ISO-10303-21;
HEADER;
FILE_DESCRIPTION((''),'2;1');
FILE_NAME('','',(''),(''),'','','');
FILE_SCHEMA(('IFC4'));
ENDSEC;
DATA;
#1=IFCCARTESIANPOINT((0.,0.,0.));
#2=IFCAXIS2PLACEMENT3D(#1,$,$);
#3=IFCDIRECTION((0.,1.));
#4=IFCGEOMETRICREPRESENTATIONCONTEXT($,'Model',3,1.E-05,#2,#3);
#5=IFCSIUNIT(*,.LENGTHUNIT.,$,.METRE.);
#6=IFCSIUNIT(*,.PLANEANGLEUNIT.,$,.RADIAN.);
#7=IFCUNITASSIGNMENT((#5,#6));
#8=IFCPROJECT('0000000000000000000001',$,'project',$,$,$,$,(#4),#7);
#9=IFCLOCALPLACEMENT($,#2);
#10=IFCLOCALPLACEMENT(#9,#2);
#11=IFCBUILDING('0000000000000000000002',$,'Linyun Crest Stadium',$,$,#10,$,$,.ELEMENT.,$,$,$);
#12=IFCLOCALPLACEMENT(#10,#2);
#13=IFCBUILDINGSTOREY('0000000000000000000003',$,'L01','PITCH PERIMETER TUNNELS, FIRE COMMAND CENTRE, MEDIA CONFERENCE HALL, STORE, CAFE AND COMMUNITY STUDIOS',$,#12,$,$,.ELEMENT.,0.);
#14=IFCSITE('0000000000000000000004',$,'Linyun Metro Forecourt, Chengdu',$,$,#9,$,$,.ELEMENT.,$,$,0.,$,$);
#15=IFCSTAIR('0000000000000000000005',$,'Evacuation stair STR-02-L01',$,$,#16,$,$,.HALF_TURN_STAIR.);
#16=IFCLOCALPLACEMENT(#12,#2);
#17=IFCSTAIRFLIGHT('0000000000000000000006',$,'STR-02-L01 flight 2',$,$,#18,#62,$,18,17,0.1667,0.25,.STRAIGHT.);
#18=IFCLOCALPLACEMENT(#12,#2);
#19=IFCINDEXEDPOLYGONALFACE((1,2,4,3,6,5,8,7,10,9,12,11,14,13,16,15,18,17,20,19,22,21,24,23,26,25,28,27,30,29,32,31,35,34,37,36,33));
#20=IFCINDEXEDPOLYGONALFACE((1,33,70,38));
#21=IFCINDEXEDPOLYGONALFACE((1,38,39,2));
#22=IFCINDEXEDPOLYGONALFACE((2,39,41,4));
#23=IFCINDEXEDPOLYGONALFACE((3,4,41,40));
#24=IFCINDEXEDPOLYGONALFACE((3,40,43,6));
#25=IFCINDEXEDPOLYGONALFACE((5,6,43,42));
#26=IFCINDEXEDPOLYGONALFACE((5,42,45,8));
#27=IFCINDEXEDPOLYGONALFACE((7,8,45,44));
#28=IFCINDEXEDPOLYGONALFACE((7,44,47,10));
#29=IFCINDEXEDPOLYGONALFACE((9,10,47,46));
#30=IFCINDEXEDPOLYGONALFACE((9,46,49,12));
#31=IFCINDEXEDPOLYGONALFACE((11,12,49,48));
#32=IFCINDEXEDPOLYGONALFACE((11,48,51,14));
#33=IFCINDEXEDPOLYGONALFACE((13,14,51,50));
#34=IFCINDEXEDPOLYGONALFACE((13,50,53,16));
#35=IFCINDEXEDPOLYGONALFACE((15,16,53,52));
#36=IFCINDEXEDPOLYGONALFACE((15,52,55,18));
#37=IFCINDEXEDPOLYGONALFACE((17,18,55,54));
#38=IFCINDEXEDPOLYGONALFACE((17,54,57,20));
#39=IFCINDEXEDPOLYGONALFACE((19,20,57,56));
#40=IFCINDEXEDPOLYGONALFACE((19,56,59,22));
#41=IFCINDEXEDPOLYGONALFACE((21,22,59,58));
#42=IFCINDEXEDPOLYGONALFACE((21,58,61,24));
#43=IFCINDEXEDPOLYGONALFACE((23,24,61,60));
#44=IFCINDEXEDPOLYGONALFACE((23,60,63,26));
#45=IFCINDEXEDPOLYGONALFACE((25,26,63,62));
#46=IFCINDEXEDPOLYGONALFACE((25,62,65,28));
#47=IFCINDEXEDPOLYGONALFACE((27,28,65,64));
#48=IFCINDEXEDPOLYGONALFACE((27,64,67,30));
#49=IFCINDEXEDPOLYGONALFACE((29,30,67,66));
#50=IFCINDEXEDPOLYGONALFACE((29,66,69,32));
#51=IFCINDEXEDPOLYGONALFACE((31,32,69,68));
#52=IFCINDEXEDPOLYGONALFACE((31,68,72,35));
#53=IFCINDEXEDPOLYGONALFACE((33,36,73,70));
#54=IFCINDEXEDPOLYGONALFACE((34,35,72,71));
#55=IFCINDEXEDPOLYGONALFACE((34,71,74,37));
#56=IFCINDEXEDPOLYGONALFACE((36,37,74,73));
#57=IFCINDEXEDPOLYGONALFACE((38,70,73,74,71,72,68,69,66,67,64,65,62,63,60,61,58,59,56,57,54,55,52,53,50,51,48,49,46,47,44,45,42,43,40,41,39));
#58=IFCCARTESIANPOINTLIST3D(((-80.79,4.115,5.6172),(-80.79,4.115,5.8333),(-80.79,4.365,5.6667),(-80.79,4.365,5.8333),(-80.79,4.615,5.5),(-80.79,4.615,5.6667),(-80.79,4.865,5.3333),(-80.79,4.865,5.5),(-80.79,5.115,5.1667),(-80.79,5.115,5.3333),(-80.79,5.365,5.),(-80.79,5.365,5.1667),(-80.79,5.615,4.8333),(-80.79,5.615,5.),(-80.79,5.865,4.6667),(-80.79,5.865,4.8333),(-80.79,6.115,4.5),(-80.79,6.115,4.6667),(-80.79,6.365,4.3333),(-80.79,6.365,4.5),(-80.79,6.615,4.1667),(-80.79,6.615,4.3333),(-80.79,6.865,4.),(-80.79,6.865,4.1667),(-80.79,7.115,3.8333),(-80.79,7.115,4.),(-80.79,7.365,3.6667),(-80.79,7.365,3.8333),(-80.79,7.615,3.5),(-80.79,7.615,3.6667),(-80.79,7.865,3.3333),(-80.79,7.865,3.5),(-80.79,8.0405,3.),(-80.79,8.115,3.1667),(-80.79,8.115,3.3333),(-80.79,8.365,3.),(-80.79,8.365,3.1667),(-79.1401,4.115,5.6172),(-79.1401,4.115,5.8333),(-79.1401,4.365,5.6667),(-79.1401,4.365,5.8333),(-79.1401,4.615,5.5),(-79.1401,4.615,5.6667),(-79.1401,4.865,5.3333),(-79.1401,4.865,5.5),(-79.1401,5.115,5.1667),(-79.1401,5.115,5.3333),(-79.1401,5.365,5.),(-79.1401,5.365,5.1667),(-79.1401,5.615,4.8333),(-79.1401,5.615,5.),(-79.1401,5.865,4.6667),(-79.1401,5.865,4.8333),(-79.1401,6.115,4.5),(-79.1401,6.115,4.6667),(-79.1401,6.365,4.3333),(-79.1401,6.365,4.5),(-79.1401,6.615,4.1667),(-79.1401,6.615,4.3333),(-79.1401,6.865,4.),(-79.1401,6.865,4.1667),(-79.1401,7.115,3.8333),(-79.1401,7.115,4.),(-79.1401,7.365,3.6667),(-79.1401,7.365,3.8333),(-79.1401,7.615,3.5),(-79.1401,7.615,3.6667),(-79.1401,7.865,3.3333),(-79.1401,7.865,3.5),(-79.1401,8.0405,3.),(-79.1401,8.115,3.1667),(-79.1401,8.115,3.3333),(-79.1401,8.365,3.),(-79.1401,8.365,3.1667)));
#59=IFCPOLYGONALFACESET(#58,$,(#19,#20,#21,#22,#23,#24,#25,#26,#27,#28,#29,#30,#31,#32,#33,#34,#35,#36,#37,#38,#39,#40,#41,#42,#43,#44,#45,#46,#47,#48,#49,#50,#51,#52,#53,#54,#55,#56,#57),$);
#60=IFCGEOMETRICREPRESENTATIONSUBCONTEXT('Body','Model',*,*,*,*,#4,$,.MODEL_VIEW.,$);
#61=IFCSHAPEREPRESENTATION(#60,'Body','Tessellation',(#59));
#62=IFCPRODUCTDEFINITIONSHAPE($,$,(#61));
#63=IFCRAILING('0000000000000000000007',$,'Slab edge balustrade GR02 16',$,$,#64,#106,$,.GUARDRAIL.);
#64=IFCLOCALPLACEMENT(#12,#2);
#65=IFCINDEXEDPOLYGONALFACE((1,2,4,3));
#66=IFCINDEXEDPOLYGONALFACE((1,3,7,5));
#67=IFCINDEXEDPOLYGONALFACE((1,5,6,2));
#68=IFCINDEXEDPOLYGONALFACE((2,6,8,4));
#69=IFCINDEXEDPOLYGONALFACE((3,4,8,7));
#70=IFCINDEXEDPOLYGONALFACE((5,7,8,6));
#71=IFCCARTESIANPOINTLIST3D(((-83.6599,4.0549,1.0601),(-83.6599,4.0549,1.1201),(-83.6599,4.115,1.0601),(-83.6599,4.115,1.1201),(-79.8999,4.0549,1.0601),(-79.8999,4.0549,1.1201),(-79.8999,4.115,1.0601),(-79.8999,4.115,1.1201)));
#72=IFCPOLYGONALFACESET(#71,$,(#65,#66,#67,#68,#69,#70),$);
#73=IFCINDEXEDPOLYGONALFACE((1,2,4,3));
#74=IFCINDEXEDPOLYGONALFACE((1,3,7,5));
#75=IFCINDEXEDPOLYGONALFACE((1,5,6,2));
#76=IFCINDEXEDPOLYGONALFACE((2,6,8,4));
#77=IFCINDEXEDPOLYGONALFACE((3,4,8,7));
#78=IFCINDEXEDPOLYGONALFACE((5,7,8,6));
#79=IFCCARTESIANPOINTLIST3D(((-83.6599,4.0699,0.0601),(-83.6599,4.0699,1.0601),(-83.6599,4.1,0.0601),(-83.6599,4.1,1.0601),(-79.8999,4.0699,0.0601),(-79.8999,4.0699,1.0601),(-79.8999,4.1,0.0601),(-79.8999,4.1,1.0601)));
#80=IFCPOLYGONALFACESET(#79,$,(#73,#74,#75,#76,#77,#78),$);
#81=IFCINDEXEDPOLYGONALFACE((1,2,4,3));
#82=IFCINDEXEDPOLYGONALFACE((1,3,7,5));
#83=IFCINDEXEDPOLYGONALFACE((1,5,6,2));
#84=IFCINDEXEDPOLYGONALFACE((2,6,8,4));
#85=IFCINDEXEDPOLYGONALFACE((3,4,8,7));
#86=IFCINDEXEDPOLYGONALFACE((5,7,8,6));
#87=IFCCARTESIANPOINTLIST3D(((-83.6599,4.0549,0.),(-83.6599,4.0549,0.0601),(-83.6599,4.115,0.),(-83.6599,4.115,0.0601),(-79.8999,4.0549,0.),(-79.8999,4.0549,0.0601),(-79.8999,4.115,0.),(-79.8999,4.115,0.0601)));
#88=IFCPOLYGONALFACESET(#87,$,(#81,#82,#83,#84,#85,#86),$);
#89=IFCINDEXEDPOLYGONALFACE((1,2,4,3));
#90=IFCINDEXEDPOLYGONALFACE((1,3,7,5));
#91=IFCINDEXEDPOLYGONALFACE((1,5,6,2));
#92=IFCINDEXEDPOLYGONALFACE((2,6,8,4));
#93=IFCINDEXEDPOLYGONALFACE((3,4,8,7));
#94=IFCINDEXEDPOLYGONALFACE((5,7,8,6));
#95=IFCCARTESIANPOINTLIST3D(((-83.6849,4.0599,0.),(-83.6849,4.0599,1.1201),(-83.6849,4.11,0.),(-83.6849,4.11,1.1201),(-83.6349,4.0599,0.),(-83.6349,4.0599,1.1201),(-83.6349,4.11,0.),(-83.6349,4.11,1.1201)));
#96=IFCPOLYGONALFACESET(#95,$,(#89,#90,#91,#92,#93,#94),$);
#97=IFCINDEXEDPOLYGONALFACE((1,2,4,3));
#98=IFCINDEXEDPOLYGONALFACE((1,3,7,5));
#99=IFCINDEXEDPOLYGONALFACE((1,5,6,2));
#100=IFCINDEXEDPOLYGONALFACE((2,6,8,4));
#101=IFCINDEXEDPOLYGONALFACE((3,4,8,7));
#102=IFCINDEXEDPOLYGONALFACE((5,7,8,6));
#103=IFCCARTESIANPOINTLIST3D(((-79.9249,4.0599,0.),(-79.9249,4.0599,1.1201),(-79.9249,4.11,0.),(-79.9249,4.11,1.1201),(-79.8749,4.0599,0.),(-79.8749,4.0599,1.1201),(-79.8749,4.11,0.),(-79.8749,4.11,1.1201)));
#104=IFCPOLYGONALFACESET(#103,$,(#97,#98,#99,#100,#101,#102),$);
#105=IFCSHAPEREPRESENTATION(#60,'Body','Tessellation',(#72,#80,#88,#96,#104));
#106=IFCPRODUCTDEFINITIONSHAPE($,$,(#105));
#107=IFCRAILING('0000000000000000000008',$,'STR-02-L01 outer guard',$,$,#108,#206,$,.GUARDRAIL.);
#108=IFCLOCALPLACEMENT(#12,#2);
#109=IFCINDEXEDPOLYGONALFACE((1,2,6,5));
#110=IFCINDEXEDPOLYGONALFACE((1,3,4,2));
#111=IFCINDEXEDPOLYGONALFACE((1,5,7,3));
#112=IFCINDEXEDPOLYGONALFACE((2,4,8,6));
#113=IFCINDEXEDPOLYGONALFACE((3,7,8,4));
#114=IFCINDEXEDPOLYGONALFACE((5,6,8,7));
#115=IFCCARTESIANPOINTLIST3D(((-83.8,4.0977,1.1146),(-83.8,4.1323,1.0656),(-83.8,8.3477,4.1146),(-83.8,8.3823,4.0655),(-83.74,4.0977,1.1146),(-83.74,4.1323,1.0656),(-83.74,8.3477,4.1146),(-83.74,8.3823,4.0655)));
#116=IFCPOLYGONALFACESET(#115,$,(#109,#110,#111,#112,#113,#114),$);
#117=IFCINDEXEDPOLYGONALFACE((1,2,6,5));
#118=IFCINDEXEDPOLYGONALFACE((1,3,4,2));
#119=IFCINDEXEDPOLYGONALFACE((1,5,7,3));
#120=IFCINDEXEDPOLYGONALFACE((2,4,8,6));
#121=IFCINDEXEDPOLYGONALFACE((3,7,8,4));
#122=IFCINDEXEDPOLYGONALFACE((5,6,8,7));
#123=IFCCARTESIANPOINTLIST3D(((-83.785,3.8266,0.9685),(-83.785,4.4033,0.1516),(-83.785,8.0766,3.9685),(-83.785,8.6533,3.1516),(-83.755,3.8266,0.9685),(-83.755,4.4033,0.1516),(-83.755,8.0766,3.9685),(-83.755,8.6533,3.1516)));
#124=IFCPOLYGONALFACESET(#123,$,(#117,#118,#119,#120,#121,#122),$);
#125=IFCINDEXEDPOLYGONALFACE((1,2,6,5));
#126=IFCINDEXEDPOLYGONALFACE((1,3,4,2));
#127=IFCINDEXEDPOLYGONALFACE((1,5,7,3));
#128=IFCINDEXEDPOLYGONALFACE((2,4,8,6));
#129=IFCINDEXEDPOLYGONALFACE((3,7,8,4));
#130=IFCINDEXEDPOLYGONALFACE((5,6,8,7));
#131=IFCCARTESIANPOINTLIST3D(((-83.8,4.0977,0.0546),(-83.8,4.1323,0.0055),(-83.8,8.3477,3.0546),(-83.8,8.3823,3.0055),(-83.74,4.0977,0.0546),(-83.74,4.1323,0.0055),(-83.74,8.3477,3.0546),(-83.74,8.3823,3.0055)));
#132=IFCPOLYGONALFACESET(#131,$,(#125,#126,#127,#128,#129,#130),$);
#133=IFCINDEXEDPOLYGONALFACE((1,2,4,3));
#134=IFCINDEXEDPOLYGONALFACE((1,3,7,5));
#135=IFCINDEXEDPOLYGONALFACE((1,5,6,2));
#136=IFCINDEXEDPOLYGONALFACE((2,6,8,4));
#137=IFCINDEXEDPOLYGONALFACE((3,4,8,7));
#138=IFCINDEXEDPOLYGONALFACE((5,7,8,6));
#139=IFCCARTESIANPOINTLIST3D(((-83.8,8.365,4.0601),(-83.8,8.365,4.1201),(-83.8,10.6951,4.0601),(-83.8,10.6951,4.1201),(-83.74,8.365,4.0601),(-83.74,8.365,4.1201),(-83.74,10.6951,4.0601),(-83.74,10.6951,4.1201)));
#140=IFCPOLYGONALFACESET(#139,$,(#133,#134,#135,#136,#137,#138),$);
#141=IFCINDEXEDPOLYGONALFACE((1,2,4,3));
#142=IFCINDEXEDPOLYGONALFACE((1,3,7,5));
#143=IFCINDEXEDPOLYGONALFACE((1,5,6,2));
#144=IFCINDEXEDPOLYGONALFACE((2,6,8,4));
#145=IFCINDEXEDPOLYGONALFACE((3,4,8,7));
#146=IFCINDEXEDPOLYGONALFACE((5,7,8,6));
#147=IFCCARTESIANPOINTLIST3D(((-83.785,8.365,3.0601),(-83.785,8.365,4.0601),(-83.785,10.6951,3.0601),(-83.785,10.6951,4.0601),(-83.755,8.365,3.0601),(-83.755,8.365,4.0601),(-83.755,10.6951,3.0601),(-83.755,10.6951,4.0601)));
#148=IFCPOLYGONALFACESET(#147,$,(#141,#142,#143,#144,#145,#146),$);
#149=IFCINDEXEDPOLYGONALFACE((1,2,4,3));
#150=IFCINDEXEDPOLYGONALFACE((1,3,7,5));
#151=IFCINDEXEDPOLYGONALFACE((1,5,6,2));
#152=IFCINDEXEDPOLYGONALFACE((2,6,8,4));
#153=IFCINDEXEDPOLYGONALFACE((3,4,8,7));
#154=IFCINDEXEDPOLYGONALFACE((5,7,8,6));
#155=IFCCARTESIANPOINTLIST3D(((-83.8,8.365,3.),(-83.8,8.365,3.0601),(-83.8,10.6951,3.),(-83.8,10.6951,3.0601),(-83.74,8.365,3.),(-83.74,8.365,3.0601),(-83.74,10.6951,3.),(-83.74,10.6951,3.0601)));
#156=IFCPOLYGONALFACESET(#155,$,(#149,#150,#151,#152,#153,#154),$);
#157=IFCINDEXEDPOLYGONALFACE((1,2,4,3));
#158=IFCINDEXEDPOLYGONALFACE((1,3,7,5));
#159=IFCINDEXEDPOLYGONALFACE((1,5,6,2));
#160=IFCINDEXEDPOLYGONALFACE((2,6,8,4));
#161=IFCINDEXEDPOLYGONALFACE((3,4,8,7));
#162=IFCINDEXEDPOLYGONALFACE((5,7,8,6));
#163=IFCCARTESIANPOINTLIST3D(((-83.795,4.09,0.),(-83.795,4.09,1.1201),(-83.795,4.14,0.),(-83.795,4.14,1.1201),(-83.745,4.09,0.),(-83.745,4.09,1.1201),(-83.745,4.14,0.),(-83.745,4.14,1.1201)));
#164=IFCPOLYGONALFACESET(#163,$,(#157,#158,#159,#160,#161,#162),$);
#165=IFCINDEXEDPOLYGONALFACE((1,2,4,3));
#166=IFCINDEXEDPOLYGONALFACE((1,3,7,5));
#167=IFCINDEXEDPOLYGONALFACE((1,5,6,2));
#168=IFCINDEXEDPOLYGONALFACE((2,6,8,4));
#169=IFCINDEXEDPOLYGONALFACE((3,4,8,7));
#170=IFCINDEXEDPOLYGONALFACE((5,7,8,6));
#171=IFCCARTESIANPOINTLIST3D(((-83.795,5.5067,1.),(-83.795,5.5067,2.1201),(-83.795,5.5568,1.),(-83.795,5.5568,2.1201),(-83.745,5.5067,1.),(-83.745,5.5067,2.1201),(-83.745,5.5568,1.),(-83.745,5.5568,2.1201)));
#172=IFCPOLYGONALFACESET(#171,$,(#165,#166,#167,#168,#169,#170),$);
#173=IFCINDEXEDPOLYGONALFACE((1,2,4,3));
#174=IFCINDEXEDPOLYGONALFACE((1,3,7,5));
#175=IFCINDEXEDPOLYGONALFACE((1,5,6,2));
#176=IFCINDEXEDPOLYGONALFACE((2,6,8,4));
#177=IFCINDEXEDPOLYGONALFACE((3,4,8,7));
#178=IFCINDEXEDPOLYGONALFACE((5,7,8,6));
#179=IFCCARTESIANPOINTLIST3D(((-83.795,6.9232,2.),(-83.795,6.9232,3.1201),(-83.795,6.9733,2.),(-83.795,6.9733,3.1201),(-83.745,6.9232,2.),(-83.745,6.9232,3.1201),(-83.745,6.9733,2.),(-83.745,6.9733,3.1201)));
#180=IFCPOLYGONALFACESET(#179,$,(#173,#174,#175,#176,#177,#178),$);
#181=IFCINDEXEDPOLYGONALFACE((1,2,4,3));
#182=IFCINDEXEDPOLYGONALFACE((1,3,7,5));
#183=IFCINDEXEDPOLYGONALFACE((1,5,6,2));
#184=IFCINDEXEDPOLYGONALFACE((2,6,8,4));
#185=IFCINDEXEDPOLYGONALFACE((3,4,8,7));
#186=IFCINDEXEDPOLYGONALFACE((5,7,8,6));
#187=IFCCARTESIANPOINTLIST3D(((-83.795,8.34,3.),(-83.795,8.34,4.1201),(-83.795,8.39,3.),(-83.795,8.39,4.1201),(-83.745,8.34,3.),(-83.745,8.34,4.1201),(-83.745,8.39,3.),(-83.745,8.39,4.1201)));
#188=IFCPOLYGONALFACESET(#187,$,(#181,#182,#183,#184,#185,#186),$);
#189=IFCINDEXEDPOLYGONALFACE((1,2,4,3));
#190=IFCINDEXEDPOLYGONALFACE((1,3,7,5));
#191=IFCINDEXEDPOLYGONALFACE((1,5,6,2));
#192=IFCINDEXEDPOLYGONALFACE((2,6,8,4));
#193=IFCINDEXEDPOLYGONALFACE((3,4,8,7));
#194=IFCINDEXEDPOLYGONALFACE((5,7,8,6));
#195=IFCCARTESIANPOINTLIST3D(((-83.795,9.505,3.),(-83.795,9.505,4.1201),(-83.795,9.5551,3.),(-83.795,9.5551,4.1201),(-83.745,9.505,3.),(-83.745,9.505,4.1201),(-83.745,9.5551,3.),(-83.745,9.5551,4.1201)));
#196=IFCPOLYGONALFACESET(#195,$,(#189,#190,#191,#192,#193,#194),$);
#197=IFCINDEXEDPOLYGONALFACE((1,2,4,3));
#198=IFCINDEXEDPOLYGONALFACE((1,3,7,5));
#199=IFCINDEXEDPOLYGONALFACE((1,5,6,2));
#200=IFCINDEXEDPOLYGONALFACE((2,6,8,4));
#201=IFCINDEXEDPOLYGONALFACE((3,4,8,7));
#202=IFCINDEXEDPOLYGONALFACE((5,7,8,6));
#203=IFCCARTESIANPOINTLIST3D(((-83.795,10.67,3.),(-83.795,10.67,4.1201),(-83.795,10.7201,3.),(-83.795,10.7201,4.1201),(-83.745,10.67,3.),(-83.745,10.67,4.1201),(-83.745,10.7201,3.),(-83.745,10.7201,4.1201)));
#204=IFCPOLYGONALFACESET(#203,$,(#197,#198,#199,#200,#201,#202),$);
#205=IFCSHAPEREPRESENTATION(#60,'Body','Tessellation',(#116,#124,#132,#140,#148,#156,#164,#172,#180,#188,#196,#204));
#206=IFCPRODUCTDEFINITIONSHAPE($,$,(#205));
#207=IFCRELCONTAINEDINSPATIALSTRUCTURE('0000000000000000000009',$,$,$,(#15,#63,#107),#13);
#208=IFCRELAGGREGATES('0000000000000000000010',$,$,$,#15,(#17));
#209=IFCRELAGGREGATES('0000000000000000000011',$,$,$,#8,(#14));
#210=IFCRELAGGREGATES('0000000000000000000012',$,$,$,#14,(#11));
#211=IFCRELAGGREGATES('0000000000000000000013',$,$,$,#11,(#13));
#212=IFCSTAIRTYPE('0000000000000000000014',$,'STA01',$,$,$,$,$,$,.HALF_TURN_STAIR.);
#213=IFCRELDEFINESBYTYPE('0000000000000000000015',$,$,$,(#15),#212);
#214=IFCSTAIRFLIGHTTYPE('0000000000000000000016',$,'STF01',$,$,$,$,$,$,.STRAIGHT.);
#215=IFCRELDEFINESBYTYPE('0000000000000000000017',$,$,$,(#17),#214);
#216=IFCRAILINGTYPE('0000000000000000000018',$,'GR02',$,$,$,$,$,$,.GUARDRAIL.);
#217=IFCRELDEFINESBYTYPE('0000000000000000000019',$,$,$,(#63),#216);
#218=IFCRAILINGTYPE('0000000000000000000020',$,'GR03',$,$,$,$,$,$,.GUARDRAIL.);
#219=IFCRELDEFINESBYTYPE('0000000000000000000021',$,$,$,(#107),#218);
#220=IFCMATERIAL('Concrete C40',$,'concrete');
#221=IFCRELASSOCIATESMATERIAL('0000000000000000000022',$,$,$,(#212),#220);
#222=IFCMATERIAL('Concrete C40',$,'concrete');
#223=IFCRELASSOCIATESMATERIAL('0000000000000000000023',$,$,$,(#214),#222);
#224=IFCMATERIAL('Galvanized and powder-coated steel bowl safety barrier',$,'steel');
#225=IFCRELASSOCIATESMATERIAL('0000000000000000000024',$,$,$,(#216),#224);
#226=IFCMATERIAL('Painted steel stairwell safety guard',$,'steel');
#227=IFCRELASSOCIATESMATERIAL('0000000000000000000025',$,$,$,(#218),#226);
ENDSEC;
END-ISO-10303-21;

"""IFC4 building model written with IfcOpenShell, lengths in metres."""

from ifc_helpers import new_model, si_unit, direction, frame, origin, origin_2d, place, context, subcontext, project, spatial, polyline, rectangle, outline, extrude, material, type_object, element, aggregate, save


model = new_model("IFC4")

# Units and contexts
model_context = context("Model", 3, precision=1e-05, world=origin(), true_north=direction((0.0, 1.0)))
body_context = subcontext(model_context, "Body", "Model", "MODEL_VIEW")
ifc_project = project(units=[si_unit("LENGTHUNIT", "METRE"), si_unit("PLANEANGLEUNIT", "RADIAN")], contexts=[model_context])

# Site, building, storey
site_placement = place(None, origin())
site = spatial("IfcSite", under=ifc_project, at=site_placement, Name="Linyun Metro Forecourt, Chengdu", CompositionType="ELEMENT", RefElevation=0.0)
building_placement = place(site_placement, origin())
building = spatial("IfcBuilding", under=site, at=building_placement, Name="Linyun Crest Stadium", CompositionType="ELEMENT")
storey_placement = place(building_placement, origin())
storey = spatial("IfcBuildingStorey", under=building, at=storey_placement, Name="L01", Description="PITCH PERIMETER TUNNELS, FIRE COMMAND CENTRE, MEDIA CONFERENCE HALL, STORE, CAFE AND COMMUNITY STUDIOS", CompositionType="ELEMENT", Elevation=0.0)

# Stair, stair flight
ifc_material_1 = material(Name="Concrete C40", Category="concrete")
stair_type = type_object("IfcStairType", Name="STA01", PredefinedType="HALF_TURN_STAIR", material=ifc_material_1)
stair_placement = place(storey_placement, origin())
stair = element("IfcStair", 1, at=stair_placement, inside=storey, type_object=stair_type, Name="Evacuation stair STR-02-L01", PredefinedType="HALF_TURN_STAIR")
ifc_material_2 = material(Name="Concrete C40", Category="concrete")
stair_flight_type = type_object("IfcStairFlightType", Name="STF01", PredefinedType="STRAIGHT", material=ifc_material_2)
stair_flight_1_placement = place(storey_placement, frame((-79.9651, 8.365, 3.0), z_axis=(0.0, 0.0, 1.0), x_axis=(0.0, -1.0, 0.0)))
stair_flight_1 = element("IfcStairFlight", 2, at=stair_flight_1_placement, type_object=stair_flight_type, Name="STR-02-L01 flight 2", NumberOfRisers=18, NumberOfTreads=17, PredefinedType="STRAIGHT", RiserHeight=0.1667, TreadLength=0.25, context=body_context, shape_type="SweptSolid", body=[
    extrude(outline(polyline([(0.0, 0.0), (0.0, 0.1667), (0.25, 0.1667), (0.25, 0.3333), (0.5, 0.3333), (0.5, 0.5), (0.75, 0.5), (0.75, 0.6667), (1.0, 0.6667), (1.0, 0.8333), (1.25, 0.8333), (1.25, 1.0), (1.5, 1.0), (1.5, 1.1667), (1.75, 1.1667), (1.75, 1.3333), (2.0, 1.3333), (2.0, 1.5), (2.25, 1.5), (2.25, 1.6667), (2.5, 1.6667), (2.5, 1.8333), (2.75, 1.8333), (2.75, 2.0), (3.0, 2.0), (3.0, 2.1667), (3.25, 2.1667), (3.25, 2.3333), (3.5, 2.3333), (3.5, 2.5), (3.75, 2.5), (3.75, 2.6667), (4.0, 2.6667), (4.0, 2.8333), (4.25, 2.8333), (4.25, 3.0), (4.25, 2.6172), (0.3245, 0.0), (0.0, 0.0)])), frame((0.0, 0.825, 0.0), z_axis=(0.0, -1.0, 0.0), x_axis=(1.0, 0.0, 0.0)), (0.0, 0.0, 1.0), 1.6499),
])
aggregate(stair, [stair_flight_1])

# Railings
ifc_material_3 = material(Name="Galvanized and powder-coated steel bowl safety barrier", Category="steel")
railing_type_1 = type_object("IfcRailingType", Name="GR02", PredefinedType="GUARDRAIL", material=ifc_material_3)
railing_1_placement = place(storey_placement, frame((-83.6599, 4.085, 0.0)))
element("IfcRailing", 3, at=railing_1_placement, inside=storey, type_object=railing_type_1, Name="Slab edge balustrade GR02 16", PredefinedType="GUARDRAIL", context=body_context, shape_type="SweptSolid", body=[
    extrude(rectangle(XDim=0.0601, YDim=0.0601, at=origin_2d()), frame((0.0, 0.0, 1.0901), z_axis=(1.0, 0.0, 0.0), x_axis=(0.0, 1.0, 0.0)), (0.0, 0.0, 1.0), 3.76),
    extrude(rectangle(XDim=0.03, YDim=1.0, at=origin_2d()), frame((0.0, 0.0, 0.5601), z_axis=(1.0, 0.0, 0.0), x_axis=(0.0, 1.0, 0.0)), (0.0, 0.0, 1.0), 3.76),
    extrude(rectangle(XDim=0.0601, YDim=0.0601, at=origin_2d()), frame((0.0, 0.0, 0.03), z_axis=(1.0, 0.0, 0.0), x_axis=(0.0, 1.0, 0.0)), (0.0, 0.0, 1.0), 3.76),
    extrude(rectangle(XDim=0.05, YDim=0.05, at=origin_2d()), origin(), (0.0, 0.0, 1.0), 1.1201),
    extrude(rectangle(XDim=0.05, YDim=0.05, at=origin_2d()), frame((3.76, 0.0, 0.0)), (0.0, 0.0, 1.0), 1.1201),
])
ifc_material_4 = material(Name="Painted steel stairwell safety guard", Category="steel")
railing_type_2 = type_object("IfcRailingType", Name="GR03", PredefinedType="GUARDRAIL", material=ifc_material_4)
railing_2_placement = place(storey_placement, frame((-83.77, 4.115, 0.0)))
element("IfcRailing", 4, at=railing_2_placement, inside=storey, type_object=railing_type_2, Name="STR-02-L01 outer guard", PredefinedType="GUARDRAIL", context=body_context, shape_type="SweptSolid", body=[
    extrude(rectangle(XDim=0.0601, YDim=0.0601, at=origin_2d()), frame((0.0, 0.0, 1.0901), z_axis=(0.0, 0.816968, 0.576683), x_axis=(-1.0, 0.0, 0.0)), (0.0, 0.0, 1.0), 5.2021),
    extrude(rectangle(XDim=0.03, YDim=1.0, at=origin_2d()), frame((0.0, 0.0, 0.5601), z_axis=(0.0, 0.816968, 0.576683), x_axis=(-1.0, 0.0, 0.0)), (0.0, 0.0, 1.0), 5.2021),
    extrude(rectangle(XDim=0.0601, YDim=0.0601, at=origin_2d()), frame((0.0, 0.0, 0.03), z_axis=(0.0, 0.816968, 0.576683), x_axis=(-1.0, 0.0, 0.0)), (0.0, 0.0, 1.0), 5.2021),
    extrude(rectangle(XDim=0.0601, YDim=0.0601, at=origin_2d()), frame((0.0, 4.25, 4.0901), z_axis=(0.0, 1.0, 0.0), x_axis=(-1.0, 0.0, 0.0)), (0.0, 0.0, 1.0), 2.3301),
    extrude(rectangle(XDim=0.03, YDim=1.0, at=origin_2d()), frame((0.0, 4.25, 3.5601), z_axis=(0.0, 1.0, 0.0), x_axis=(-1.0, 0.0, 0.0)), (0.0, 0.0, 1.0), 2.3301),
    extrude(rectangle(XDim=0.0601, YDim=0.0601, at=origin_2d()), frame((0.0, 4.25, 3.03), z_axis=(0.0, 1.0, 0.0), x_axis=(-1.0, 0.0, 0.0)), (0.0, 0.0, 1.0), 2.3301),
    extrude(rectangle(XDim=0.05, YDim=0.05, at=origin_2d()), origin(), (0.0, 0.0, 1.0), 1.1201),
    extrude(rectangle(XDim=0.05, YDim=0.05, at=origin_2d()), frame((0.0, 1.4167, 1.0)), (0.0, 0.0, 1.0), 1.1201),
    extrude(rectangle(XDim=0.05, YDim=0.05, at=origin_2d()), frame((0.0, 2.8333, 2.0)), (0.0, 0.0, 1.0), 1.1201),
    extrude(rectangle(XDim=0.05, YDim=0.05, at=origin_2d()), frame((0.0, 4.25, 3.0)), (0.0, 0.0, 1.0), 1.1201),
    extrude(rectangle(XDim=0.05, YDim=0.05, at=origin_2d()), frame((0.0, 5.415, 3.0)), (0.0, 0.0, 1.0), 1.1201),
    extrude(rectangle(XDim=0.05, YDim=0.05, at=origin_2d()), frame((0.0, 6.5801, 3.0)), (0.0, 0.0, 1.0), 1.1201),
])

save(model, "model.ifc")
